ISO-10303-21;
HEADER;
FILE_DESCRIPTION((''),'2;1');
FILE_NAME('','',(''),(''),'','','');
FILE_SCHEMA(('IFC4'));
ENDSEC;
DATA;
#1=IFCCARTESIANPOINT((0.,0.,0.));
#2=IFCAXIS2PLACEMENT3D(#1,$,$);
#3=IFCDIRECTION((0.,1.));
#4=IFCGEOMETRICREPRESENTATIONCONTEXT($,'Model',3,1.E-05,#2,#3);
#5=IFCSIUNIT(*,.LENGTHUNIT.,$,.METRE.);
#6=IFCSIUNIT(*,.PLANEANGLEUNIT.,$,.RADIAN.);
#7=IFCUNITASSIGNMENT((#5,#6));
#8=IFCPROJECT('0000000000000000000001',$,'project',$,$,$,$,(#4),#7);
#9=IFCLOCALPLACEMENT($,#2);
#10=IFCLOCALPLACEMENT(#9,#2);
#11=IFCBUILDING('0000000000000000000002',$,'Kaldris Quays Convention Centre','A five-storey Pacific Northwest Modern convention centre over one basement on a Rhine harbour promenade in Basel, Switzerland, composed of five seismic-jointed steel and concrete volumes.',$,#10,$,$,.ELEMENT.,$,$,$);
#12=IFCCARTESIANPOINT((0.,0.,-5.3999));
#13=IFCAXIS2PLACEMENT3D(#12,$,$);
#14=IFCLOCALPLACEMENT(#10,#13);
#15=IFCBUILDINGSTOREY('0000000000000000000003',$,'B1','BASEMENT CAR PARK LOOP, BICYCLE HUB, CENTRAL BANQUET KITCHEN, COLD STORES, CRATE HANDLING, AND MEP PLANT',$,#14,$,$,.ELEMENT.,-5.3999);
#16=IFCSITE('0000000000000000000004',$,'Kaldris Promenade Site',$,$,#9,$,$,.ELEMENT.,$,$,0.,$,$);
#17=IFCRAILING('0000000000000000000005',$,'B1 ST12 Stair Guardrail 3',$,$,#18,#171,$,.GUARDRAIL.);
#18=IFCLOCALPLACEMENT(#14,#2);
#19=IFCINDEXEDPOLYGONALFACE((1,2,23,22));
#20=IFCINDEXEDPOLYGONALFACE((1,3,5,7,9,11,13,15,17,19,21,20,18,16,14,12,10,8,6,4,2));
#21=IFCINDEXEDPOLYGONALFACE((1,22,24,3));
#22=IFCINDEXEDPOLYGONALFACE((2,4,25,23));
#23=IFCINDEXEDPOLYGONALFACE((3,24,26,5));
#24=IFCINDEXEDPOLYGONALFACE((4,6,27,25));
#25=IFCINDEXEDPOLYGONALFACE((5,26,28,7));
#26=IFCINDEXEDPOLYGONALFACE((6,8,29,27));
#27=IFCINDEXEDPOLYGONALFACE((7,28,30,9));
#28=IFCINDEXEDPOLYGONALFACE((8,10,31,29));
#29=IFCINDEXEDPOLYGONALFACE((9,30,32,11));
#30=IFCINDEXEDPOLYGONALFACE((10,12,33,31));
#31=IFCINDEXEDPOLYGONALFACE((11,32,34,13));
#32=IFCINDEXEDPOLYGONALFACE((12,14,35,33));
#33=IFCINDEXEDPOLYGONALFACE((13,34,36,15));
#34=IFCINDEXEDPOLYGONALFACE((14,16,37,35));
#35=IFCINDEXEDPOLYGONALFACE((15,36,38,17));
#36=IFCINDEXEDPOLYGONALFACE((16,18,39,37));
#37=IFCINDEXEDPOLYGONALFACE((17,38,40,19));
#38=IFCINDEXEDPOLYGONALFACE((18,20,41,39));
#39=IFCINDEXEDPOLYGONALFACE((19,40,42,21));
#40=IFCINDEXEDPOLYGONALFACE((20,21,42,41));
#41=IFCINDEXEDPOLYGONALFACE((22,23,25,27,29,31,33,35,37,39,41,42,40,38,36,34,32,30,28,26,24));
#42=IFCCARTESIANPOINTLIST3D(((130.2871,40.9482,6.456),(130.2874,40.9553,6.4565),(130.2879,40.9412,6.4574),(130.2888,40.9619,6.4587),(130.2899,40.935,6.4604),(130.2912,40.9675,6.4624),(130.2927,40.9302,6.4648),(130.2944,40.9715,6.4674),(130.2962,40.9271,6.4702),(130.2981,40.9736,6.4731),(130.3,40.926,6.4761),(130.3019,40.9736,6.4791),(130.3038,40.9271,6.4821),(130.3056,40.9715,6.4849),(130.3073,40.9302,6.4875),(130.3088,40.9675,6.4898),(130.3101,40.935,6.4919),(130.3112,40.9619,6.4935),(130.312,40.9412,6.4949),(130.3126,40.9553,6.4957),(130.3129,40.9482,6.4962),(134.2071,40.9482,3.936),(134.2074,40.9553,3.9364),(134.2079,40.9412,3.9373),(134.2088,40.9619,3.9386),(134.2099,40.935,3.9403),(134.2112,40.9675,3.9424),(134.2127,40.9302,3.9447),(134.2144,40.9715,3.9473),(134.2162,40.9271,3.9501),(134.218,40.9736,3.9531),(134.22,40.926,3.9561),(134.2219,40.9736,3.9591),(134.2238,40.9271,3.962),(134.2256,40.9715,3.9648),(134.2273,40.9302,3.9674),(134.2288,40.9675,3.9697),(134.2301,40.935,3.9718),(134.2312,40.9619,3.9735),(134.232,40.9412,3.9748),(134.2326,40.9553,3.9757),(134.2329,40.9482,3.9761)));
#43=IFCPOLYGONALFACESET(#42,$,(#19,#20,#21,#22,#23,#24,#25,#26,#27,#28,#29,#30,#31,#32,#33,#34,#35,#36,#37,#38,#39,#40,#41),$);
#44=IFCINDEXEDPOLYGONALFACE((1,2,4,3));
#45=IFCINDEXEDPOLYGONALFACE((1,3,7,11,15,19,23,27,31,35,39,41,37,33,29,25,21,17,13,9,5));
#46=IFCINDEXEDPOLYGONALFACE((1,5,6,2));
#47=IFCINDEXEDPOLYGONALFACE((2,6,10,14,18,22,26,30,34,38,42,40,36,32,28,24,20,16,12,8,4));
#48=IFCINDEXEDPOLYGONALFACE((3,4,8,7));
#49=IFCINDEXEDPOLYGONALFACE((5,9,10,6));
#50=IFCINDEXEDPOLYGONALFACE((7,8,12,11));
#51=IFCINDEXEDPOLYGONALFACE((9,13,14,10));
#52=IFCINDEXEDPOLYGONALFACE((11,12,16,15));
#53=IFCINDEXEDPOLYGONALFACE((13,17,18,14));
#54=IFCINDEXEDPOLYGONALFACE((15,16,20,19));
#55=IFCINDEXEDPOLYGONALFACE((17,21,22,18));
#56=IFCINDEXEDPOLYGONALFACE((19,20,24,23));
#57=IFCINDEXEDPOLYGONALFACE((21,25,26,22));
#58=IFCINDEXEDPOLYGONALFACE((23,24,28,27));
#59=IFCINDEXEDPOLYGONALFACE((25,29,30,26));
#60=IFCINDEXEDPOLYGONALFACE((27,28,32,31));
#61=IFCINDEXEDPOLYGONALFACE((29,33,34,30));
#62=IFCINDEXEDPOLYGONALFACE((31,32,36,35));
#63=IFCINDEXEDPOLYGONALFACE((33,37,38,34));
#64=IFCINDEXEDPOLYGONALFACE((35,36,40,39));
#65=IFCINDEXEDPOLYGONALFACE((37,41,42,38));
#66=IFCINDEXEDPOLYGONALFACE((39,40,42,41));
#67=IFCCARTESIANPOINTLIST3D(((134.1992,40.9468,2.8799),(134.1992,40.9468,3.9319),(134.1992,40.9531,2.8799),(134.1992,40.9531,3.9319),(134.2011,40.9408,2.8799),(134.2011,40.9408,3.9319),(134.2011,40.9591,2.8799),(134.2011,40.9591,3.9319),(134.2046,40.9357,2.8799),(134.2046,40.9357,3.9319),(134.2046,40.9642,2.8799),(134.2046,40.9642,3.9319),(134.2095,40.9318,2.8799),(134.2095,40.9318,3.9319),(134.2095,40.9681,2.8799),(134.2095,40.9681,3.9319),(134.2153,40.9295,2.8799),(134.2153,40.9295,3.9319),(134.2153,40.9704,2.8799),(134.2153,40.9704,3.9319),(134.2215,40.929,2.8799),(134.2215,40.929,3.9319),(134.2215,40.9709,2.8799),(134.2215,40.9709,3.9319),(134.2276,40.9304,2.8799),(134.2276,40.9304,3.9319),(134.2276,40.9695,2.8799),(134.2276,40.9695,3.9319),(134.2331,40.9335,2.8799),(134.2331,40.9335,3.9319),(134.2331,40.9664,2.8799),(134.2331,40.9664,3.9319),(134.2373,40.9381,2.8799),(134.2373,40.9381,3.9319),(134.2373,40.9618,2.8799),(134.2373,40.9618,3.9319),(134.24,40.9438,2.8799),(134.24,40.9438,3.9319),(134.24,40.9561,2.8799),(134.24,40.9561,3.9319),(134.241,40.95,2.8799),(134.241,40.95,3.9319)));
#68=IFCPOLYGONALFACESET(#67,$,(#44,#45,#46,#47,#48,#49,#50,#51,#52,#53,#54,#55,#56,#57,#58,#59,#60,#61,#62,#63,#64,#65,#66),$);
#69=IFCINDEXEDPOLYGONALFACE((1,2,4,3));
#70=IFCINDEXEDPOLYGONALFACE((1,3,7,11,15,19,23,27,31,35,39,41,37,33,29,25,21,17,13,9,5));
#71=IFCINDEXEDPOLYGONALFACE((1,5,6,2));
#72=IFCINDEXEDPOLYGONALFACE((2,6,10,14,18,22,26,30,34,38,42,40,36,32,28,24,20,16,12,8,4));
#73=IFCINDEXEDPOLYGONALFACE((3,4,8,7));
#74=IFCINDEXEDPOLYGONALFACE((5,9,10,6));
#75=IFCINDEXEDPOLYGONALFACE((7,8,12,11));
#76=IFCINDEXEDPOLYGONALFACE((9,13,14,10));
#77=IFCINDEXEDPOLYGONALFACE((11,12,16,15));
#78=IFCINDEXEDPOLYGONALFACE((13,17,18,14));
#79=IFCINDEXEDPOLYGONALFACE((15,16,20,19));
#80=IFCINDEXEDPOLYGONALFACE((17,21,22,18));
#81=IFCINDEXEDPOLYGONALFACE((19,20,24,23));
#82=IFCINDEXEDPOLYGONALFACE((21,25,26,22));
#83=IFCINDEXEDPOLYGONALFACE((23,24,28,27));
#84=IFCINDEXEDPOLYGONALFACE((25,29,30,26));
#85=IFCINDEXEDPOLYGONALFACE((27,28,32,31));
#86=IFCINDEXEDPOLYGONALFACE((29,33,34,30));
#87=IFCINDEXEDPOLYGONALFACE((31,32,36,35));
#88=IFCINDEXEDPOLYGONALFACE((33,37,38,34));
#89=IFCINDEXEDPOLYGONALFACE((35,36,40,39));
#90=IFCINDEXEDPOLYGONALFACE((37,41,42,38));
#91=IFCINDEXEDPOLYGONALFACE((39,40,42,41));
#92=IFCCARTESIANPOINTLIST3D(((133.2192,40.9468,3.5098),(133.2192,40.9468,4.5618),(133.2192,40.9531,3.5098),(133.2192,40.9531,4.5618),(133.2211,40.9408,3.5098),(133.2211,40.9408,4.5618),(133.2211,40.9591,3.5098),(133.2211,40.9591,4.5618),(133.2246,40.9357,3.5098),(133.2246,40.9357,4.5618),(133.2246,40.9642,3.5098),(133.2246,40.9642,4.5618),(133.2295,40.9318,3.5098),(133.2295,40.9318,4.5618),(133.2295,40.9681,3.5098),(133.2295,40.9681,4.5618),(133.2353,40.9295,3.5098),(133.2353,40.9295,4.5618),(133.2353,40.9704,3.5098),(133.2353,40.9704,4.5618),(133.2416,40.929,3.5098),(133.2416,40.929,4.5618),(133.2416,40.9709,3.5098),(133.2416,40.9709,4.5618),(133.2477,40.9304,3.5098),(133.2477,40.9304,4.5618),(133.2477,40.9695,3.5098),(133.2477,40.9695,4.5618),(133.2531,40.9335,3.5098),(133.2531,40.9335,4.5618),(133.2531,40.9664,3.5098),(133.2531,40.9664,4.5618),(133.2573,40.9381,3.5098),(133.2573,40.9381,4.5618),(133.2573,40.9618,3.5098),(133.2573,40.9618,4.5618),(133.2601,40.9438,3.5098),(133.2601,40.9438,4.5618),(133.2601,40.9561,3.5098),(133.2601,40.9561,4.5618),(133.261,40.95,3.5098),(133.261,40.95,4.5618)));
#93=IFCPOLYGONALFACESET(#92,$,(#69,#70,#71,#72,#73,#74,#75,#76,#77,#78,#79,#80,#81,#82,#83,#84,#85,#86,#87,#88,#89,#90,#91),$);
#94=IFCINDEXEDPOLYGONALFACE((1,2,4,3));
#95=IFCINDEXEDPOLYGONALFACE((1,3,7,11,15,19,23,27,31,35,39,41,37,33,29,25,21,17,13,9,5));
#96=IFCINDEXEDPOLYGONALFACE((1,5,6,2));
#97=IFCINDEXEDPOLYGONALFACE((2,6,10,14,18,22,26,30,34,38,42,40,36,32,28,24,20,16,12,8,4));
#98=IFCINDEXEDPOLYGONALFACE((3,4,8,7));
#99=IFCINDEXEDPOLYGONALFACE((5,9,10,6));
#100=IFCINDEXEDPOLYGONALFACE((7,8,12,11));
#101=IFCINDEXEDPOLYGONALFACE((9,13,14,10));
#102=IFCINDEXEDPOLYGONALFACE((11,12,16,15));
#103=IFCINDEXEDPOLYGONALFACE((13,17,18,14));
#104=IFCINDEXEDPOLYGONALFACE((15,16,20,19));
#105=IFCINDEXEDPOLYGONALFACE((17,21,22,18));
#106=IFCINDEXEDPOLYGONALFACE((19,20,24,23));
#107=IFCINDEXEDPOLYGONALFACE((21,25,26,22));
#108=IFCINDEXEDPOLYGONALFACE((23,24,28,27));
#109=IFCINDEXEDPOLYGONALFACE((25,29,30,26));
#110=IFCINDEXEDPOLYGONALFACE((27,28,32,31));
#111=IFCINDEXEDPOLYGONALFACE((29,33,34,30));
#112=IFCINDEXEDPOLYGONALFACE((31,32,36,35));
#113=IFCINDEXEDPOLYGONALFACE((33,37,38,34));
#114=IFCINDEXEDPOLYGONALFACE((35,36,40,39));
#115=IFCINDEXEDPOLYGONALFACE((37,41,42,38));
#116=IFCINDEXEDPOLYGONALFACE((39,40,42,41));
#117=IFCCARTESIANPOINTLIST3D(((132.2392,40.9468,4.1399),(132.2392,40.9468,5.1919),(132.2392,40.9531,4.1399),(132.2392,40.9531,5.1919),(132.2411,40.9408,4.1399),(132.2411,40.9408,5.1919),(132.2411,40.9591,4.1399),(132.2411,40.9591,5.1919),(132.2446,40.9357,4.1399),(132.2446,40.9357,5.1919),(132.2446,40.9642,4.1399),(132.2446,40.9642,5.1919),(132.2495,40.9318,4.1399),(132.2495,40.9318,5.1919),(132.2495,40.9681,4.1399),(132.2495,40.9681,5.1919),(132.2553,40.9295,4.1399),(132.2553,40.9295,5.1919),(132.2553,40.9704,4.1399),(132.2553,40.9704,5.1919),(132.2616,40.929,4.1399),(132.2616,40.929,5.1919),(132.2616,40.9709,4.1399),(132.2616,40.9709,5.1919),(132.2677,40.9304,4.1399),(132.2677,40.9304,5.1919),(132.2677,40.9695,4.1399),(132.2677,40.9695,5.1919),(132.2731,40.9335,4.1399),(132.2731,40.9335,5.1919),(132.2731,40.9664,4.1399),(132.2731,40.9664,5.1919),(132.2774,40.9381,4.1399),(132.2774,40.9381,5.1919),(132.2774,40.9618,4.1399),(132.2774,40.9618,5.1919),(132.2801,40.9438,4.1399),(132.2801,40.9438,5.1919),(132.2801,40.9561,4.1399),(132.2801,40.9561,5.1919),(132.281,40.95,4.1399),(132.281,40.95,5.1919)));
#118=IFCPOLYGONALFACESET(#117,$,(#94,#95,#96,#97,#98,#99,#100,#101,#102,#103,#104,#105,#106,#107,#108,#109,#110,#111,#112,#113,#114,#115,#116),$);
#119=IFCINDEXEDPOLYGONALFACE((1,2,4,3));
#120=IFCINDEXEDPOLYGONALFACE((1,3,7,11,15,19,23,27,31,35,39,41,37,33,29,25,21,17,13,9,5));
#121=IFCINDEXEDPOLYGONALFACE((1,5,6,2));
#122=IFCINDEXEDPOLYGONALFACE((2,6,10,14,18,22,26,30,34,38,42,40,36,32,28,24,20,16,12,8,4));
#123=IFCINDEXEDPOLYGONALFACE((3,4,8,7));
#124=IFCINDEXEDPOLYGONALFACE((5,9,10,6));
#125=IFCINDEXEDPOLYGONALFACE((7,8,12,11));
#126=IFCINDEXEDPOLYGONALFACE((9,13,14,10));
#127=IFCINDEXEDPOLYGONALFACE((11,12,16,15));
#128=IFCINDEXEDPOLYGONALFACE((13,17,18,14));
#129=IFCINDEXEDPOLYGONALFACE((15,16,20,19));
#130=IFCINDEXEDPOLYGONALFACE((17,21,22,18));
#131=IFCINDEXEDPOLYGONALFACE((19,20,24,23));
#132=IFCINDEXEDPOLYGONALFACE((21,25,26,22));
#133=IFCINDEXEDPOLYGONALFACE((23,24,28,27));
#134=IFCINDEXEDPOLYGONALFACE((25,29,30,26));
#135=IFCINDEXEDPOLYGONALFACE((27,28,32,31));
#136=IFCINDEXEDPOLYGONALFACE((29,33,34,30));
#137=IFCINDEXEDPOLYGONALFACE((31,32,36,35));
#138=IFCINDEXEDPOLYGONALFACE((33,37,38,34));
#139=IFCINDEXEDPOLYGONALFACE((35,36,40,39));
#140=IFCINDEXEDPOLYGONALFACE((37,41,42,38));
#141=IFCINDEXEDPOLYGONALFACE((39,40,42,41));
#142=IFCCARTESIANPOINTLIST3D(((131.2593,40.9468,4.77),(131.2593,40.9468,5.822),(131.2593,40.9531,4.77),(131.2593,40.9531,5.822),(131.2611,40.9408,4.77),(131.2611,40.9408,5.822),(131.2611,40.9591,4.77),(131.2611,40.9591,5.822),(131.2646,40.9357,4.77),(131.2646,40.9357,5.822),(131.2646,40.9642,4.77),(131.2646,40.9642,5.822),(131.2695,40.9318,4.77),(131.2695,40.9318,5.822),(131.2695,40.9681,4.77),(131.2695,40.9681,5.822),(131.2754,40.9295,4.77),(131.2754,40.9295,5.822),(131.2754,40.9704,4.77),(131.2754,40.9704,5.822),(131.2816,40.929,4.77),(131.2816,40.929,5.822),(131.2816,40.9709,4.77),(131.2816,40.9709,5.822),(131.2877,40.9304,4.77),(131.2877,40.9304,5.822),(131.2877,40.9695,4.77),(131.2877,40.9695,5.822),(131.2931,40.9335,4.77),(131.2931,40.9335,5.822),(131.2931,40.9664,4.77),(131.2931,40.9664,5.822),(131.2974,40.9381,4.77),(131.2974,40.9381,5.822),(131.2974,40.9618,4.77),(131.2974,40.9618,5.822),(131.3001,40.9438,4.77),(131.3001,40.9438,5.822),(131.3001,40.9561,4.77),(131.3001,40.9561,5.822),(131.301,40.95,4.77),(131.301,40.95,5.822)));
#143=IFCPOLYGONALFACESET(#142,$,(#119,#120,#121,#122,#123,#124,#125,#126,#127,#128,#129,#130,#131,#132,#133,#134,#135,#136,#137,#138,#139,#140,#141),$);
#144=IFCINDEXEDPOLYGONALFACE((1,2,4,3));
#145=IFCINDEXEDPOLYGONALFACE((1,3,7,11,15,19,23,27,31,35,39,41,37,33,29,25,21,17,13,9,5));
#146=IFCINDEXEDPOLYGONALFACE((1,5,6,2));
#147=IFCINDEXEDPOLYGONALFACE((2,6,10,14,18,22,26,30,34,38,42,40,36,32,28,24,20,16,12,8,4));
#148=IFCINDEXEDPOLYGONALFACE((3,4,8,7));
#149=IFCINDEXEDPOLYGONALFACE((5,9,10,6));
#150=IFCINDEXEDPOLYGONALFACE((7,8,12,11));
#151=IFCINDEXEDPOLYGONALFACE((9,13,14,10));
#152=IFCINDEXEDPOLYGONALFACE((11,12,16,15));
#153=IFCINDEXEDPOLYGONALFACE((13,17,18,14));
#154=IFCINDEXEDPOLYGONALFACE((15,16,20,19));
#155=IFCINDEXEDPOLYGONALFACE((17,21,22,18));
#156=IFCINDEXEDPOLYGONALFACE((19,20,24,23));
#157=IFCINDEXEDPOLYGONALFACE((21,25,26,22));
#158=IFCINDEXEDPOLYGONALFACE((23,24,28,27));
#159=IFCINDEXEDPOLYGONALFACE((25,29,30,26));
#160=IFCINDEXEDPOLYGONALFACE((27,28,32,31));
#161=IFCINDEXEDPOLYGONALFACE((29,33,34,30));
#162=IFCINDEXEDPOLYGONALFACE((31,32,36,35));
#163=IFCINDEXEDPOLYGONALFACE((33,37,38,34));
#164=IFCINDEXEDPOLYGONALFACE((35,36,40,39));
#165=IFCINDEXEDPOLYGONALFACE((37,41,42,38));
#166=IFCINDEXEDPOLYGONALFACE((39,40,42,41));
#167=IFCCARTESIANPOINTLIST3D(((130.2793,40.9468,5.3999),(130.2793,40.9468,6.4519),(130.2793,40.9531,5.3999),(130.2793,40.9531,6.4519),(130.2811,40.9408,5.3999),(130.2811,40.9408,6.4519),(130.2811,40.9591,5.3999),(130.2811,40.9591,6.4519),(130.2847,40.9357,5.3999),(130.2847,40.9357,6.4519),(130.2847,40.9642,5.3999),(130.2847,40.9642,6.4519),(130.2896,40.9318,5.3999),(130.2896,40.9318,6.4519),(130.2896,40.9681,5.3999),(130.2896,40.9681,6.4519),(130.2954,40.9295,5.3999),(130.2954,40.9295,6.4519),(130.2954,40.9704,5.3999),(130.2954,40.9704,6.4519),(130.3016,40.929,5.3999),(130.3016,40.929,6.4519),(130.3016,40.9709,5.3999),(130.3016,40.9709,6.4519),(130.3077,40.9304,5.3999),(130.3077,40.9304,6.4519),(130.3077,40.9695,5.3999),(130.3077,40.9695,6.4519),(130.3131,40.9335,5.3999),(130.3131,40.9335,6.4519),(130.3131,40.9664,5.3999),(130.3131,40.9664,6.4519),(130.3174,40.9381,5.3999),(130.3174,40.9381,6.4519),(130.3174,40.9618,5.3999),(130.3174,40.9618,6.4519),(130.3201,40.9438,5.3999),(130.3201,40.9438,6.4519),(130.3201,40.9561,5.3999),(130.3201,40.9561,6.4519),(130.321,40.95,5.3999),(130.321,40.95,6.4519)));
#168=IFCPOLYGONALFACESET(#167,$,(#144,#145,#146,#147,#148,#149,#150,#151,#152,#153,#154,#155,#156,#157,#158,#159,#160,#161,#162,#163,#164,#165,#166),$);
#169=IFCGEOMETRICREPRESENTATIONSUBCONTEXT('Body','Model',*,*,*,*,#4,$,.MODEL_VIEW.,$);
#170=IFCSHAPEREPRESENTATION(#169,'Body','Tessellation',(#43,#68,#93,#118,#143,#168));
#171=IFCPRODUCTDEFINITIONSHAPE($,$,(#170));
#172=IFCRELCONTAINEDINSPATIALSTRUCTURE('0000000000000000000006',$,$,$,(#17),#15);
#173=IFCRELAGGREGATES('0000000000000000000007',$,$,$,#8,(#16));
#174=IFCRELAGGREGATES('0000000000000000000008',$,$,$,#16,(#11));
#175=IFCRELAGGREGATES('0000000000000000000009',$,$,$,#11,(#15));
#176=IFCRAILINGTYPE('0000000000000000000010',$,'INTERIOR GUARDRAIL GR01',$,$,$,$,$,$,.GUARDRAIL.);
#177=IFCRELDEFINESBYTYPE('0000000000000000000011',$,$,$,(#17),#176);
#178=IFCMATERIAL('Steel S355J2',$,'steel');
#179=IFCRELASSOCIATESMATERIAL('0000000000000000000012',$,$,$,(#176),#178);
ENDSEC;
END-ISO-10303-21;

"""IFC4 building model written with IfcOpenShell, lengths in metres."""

from ifc_helpers import new_model, si_unit, direction, frame, origin, origin_2d, place, context, subcontext, project, spatial, circle, extrude, material, type_object, element, save


model = new_model("IFC4")

# Units and contexts
model_context = context("Model", 3, precision=1e-05, world=origin(), true_north=direction((0.0, 1.0)))
body_context = subcontext(model_context, "Body", "Model", "MODEL_VIEW")
ifc_project = project(units=[si_unit("LENGTHUNIT", "METRE"), si_unit("PLANEANGLEUNIT", "RADIAN")], contexts=[model_context])

# Site, building, storey
site_placement = place(None, origin())
site = spatial("IfcSite", under=ifc_project, at=site_placement, Name="Kaldris Promenade Site", CompositionType="ELEMENT", RefElevation=0.0)
building_placement = place(site_placement, origin())
building = spatial("IfcBuilding", under=site, at=building_placement, Name="Kaldris Quays Convention Centre", Description="A five-storey Pacific Northwest Modern convention centre over one basement on a Rhine harbour promenade in Basel, Switzerland, composed of five seismic-jointed steel and concrete volumes.", CompositionType="ELEMENT")
storey_placement = place(building_placement, frame((0.0, 0.0, -5.3999)))
storey = spatial("IfcBuildingStorey", under=building, at=storey_placement, Name="B1", Description="BASEMENT CAR PARK LOOP, BICYCLE HUB, CENTRAL BANQUET KITCHEN, COLD STORES, CRATE HANDLING, AND MEP PLANT", CompositionType="ELEMENT", Elevation=-5.3999)

# Shared definitions
ifc_material_1 = material(Name="Steel S355J2", Category="steel")

# Railing
railing_type_1 = type_object("IfcRailingType", Name="INTERIOR GUARDRAIL GR01", PredefinedType="GUARDRAIL", material=ifc_material_1)
railing_1_placement = place(storey_placement, frame((134.22, 40.95, 2.8799)))
element("IfcRailing", 1, at=railing_1_placement, inside=storey, type_object=railing_type_1, Name="B1 ST12 Stair Guardrail 3", PredefinedType="GUARDRAIL", context=body_context, shape_type="SweptSolid", body=[
    extrude(circle(Radius=0.0239, at=origin_2d()), frame((0.0, 0.0, 1.0762), z_axis=(-0.841172, 0.0, 0.540768), x_axis=(0.0, -1.0, 0.0)), (0.0, 0.0, 1.0), 4.6602),
    extrude(circle(Radius=0.021, at=origin_2d()), origin(), (0.0, 0.0, 1.0), 1.052),
    extrude(circle(Radius=0.021, at=origin_2d()), frame((-0.98, 0.0, 0.6299)), (0.0, 0.0, 1.0), 1.052),
    extrude(circle(Radius=0.021, at=origin_2d()), frame((-1.96, 0.0, 1.26)), (0.0, 0.0, 1.0), 1.052),
    extrude(circle(Radius=0.021, at=origin_2d()), frame((-2.9399, 0.0, 1.8901)), (0.0, 0.0, 1.0), 1.052),
    extrude(circle(Radius=0.021, at=origin_2d()), frame((-3.9199, 0.0, 2.52)), (0.0, 0.0, 1.0), 1.052),
])

save(model, "model.ifc")
